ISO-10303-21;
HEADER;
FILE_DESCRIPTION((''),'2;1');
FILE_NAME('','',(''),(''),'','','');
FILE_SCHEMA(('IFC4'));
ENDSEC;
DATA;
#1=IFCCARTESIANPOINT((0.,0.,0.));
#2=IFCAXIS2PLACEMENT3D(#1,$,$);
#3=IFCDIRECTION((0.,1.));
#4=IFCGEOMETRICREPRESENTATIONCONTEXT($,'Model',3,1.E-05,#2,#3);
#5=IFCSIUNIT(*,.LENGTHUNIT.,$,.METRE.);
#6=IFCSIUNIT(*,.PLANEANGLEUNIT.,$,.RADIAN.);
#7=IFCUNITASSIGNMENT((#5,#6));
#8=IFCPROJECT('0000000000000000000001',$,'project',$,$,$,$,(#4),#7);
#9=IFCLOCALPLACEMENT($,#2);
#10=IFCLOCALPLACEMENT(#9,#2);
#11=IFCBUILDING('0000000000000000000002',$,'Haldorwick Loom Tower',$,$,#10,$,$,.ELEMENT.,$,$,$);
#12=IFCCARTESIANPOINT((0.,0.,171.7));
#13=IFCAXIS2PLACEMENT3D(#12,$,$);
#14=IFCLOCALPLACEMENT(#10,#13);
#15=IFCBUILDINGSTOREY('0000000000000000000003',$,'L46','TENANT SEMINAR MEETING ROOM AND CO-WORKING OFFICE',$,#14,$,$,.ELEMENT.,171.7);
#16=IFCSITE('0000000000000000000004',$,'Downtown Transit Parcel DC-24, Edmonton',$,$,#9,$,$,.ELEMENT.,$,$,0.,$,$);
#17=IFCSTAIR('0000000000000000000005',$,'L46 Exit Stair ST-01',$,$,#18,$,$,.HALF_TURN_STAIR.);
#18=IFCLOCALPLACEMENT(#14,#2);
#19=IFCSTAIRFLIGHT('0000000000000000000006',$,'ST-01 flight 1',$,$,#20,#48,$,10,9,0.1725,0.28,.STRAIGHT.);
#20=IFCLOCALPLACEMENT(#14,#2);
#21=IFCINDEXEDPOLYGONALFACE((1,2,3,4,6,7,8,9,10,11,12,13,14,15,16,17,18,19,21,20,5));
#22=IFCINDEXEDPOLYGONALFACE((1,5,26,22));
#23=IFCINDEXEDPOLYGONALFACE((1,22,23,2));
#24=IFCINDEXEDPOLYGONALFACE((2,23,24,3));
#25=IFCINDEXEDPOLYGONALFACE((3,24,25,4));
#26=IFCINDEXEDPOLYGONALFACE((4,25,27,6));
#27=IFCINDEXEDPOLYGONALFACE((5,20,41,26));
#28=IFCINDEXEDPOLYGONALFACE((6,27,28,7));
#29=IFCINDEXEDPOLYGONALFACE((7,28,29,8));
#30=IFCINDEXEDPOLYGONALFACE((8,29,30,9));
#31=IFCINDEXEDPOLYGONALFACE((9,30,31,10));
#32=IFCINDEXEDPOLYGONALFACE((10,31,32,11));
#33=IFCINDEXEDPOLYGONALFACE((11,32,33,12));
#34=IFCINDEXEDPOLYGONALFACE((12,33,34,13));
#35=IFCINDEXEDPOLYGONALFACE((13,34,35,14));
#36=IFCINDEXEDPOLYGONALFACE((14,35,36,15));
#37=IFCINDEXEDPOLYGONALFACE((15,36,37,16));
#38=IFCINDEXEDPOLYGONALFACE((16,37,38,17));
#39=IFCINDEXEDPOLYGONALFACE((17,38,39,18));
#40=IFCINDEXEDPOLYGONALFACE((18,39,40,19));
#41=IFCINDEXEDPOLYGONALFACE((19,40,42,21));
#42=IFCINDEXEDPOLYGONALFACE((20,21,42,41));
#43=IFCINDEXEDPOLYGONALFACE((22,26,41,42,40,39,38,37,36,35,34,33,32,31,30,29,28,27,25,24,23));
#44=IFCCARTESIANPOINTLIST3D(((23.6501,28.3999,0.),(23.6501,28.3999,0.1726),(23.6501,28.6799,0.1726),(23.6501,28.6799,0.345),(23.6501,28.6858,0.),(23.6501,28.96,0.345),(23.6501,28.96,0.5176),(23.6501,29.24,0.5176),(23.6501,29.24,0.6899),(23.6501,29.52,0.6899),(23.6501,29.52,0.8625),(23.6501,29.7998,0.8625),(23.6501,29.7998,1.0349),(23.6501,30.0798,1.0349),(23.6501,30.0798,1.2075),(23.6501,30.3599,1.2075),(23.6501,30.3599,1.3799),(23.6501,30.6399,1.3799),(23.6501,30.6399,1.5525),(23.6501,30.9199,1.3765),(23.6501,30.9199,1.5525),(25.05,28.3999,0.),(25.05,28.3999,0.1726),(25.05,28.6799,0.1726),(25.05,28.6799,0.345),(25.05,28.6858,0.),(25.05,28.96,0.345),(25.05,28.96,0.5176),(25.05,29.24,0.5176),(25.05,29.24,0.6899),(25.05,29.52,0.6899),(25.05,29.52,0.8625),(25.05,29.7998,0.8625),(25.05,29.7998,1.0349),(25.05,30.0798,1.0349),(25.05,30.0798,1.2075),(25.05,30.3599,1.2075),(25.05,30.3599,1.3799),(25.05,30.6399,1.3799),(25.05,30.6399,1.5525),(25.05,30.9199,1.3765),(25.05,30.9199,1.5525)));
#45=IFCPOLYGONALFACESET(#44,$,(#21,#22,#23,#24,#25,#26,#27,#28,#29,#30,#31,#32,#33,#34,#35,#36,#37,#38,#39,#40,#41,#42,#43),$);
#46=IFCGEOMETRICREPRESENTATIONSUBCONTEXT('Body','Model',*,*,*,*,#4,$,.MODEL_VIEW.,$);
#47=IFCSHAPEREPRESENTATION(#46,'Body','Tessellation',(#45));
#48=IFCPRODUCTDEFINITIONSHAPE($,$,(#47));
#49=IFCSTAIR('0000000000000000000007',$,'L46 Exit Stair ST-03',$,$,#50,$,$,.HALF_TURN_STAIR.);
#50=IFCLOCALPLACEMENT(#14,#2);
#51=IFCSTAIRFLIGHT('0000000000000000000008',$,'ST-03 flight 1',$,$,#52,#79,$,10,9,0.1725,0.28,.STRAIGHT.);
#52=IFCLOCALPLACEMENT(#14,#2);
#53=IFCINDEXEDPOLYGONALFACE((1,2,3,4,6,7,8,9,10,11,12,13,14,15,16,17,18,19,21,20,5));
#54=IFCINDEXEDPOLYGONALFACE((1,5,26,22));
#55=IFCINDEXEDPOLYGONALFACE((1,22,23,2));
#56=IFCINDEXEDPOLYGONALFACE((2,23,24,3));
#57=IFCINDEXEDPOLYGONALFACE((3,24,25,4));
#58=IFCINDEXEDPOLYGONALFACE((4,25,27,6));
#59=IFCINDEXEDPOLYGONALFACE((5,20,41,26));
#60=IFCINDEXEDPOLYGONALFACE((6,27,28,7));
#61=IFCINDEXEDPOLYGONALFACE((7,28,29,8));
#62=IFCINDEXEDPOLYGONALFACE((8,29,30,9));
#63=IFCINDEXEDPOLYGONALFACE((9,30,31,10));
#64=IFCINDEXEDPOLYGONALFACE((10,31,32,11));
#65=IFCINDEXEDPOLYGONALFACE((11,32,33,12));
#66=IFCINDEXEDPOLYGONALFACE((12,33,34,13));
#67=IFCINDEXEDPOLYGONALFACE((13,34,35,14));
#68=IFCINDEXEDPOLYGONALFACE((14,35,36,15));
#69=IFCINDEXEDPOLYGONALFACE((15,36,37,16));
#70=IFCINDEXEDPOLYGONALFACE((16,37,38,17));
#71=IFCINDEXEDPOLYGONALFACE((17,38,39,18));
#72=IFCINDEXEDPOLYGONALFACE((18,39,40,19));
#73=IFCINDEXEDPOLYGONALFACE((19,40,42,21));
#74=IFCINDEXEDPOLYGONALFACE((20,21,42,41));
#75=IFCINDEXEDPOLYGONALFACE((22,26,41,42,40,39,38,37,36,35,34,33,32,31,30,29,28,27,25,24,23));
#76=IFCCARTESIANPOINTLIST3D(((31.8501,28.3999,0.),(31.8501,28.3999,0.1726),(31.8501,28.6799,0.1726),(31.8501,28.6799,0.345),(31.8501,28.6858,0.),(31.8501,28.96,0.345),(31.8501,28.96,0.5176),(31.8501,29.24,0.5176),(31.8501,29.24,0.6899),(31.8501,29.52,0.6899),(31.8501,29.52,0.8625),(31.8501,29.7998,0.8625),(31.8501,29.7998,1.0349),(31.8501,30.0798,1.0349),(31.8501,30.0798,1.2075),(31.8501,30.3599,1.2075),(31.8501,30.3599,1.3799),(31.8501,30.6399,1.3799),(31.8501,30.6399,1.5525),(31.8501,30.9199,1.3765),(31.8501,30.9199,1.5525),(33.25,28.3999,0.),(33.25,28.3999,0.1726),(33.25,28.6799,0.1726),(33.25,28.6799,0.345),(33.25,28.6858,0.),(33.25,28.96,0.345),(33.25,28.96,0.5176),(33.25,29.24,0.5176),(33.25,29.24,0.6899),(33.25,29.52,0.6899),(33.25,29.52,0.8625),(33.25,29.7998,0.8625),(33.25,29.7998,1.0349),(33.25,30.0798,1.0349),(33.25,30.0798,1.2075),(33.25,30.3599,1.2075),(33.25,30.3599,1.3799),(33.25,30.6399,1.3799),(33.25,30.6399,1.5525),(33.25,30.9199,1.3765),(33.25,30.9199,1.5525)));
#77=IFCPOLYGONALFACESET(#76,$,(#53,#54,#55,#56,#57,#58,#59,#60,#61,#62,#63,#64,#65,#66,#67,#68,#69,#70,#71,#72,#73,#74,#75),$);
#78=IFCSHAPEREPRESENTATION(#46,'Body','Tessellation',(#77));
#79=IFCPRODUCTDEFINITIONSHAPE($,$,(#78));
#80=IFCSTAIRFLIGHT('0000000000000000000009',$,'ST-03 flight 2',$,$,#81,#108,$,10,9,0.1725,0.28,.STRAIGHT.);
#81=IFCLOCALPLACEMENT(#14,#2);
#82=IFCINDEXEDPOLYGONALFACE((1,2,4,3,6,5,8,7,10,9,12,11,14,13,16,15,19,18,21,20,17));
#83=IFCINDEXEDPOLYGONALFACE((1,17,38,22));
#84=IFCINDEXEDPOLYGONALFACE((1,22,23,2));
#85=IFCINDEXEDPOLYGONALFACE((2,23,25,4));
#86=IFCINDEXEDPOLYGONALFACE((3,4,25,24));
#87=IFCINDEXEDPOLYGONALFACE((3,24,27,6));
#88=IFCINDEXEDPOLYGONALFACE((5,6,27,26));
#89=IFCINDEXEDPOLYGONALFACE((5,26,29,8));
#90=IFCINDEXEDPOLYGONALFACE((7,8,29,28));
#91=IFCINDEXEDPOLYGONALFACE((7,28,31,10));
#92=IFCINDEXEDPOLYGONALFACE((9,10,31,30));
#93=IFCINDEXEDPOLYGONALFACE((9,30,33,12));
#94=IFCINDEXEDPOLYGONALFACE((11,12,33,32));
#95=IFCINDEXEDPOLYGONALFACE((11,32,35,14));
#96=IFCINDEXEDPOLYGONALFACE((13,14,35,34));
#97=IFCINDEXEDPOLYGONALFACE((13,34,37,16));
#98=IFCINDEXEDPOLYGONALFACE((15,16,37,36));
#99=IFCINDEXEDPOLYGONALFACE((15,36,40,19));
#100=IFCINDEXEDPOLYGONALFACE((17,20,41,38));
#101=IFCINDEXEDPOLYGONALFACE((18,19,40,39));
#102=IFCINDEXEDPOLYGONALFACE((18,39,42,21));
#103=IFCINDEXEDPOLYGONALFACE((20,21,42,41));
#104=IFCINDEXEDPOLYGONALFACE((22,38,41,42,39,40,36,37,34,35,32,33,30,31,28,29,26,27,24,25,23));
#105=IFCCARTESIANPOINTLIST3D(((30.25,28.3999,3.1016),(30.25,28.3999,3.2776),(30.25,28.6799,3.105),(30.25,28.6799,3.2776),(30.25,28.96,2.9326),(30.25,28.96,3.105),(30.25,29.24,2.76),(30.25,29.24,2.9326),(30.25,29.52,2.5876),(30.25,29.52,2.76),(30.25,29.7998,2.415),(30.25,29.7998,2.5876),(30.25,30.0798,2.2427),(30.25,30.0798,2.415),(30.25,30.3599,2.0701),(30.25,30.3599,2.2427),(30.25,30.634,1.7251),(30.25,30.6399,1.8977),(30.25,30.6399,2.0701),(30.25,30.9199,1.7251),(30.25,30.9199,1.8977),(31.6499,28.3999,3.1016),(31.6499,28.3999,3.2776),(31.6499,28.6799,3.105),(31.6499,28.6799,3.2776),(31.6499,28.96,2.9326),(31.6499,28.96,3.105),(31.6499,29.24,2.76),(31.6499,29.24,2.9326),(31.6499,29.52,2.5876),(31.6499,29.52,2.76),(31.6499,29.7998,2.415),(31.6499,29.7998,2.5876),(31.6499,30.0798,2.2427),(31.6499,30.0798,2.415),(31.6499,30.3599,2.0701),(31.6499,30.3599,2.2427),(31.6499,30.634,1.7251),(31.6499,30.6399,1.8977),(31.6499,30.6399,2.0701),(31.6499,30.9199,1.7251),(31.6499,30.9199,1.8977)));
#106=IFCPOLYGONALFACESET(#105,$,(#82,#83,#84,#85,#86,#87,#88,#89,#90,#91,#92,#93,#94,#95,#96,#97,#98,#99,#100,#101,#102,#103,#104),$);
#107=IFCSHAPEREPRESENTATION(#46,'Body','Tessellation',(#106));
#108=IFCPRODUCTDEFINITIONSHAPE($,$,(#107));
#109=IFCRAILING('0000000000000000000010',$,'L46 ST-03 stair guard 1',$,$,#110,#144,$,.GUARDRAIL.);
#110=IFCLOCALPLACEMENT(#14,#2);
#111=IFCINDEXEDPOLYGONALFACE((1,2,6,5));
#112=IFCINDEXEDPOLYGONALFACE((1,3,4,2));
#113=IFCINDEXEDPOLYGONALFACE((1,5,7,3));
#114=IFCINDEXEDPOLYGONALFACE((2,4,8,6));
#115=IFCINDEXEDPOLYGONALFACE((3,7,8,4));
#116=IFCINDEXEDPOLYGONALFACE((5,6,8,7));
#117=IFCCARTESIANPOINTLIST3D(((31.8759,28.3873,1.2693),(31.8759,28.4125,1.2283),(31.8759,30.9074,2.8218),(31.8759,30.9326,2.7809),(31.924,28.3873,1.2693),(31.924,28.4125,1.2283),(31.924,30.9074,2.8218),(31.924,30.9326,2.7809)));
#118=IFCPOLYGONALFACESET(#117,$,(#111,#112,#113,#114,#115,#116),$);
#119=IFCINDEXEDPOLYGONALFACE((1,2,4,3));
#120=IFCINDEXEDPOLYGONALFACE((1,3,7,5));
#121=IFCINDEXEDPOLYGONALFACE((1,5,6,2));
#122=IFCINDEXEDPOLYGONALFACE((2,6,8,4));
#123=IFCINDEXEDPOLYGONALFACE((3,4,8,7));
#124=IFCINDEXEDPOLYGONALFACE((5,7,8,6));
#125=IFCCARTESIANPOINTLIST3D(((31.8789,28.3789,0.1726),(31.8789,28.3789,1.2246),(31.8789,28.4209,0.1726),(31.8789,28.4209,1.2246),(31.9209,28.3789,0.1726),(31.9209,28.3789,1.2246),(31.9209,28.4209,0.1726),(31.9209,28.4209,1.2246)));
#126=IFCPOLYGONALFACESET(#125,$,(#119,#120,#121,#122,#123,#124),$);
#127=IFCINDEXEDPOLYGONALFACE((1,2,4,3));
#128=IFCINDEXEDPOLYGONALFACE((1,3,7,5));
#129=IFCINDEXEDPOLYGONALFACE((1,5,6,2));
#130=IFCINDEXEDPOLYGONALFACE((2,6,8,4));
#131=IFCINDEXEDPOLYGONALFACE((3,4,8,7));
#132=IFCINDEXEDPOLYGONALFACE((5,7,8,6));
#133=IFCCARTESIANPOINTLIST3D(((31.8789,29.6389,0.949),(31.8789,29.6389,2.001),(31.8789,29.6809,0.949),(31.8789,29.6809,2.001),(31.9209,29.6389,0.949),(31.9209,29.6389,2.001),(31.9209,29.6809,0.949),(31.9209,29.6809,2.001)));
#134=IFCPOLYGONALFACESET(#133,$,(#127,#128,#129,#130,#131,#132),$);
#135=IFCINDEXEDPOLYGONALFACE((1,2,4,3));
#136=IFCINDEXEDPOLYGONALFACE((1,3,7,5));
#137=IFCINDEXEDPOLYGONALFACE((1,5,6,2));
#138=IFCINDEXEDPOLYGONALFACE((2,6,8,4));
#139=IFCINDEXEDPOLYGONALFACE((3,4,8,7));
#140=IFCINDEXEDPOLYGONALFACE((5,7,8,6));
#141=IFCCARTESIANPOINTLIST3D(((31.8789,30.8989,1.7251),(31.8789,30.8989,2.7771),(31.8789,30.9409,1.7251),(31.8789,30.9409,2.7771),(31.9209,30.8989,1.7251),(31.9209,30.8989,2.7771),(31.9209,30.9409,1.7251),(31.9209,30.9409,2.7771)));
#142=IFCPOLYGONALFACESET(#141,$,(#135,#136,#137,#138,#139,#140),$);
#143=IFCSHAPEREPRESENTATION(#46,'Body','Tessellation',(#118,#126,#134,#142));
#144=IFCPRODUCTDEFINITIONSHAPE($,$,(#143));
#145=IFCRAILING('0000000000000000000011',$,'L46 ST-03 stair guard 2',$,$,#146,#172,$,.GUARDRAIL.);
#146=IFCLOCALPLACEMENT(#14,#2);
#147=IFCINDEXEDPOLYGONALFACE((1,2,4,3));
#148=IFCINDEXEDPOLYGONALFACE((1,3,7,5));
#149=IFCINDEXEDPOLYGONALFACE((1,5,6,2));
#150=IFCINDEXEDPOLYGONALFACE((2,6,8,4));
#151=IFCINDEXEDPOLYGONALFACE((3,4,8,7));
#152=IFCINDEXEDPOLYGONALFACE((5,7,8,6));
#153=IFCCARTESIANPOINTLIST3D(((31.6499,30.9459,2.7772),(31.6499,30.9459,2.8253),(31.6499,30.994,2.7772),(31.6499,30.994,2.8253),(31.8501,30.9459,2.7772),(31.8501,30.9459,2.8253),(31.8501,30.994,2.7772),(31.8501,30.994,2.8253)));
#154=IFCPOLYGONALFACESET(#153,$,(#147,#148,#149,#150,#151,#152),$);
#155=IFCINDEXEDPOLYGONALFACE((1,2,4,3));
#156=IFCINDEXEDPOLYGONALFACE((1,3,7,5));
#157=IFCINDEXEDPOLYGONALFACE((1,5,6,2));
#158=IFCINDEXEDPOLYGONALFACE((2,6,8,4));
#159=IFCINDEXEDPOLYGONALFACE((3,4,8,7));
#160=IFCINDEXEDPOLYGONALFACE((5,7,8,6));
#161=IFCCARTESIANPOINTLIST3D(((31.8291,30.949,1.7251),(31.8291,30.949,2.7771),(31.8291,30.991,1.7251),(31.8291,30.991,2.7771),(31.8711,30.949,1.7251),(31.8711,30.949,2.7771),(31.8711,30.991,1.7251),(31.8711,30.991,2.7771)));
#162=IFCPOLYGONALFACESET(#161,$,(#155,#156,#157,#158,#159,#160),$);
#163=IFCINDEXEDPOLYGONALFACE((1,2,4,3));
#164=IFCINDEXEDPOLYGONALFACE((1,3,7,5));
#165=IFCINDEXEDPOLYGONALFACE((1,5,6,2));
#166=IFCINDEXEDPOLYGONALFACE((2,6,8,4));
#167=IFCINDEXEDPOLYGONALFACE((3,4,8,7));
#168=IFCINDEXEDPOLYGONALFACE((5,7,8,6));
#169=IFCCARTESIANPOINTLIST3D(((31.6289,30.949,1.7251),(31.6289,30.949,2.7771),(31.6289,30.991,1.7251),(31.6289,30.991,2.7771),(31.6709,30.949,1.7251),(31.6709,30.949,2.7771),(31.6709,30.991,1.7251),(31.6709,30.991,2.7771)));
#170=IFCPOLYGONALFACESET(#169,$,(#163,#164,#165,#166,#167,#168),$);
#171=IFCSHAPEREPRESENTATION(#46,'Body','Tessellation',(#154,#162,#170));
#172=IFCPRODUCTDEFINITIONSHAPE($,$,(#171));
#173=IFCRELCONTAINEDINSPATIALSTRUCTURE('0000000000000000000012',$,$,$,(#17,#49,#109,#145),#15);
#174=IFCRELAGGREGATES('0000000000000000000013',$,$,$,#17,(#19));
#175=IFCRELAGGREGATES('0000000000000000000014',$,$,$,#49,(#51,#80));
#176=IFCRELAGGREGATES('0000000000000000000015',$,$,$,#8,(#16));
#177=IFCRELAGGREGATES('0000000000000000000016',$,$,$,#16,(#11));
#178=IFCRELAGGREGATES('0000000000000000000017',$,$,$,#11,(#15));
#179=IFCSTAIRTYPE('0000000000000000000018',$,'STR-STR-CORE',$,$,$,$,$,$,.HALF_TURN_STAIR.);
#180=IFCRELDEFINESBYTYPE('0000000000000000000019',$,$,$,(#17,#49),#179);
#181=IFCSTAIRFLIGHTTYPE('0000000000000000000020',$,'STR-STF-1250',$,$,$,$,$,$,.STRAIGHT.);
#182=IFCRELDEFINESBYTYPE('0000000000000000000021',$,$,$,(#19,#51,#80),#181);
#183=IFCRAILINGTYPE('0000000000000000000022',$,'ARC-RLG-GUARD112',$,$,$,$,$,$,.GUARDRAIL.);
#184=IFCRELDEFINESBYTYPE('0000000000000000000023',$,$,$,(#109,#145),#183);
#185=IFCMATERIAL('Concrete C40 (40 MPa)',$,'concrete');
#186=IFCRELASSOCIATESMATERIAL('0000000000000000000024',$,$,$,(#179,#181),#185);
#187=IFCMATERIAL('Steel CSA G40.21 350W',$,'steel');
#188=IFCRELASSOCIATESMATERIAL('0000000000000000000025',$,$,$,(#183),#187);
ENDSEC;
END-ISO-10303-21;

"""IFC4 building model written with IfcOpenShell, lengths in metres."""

from ifc_helpers import new_model, si_unit, direction, frame, origin, origin_2d, place, context, subcontext, project, spatial, polyline, rectangle, outline, extrude, material, type_object, element, aggregate, save


model = new_model("IFC4")

# Units and contexts
model_context = context("Model", 3, precision=1e-05, world=origin(), true_north=direction((0.0, 1.0)))
body_context = subcontext(model_context, "Body", "Model", "MODEL_VIEW")
ifc_project = project(units=[si_unit("LENGTHUNIT", "METRE"), si_unit("PLANEANGLEUNIT", "RADIAN")], contexts=[model_context])

# Site, building, storey
site_placement = place(None, origin())
site = spatial("IfcSite", under=ifc_project, at=site_placement, Name="Downtown Transit Parcel DC-24, Edmonton", CompositionType="ELEMENT", RefElevation=0.0)
building_placement = place(site_placement, origin())
building = spatial("IfcBuilding", under=site, at=building_placement, Name="Haldorwick Loom Tower", CompositionType="ELEMENT")
storey_placement = place(building_placement, frame((0.0, 0.0, 171.7)))
storey = spatial("IfcBuildingStorey", under=building, at=storey_placement, Name="L46", Description="TENANT SEMINAR MEETING ROOM AND CO-WORKING OFFICE", CompositionType="ELEMENT", Elevation=171.7)

# Shared definitions
ifc_material_1 = material(Name="Steel CSA G40.21 350W", Category="steel")

# Stair, stair flight
ifc_material_2 = material(Name="Concrete C40 (40 MPa)", Category="concrete")
stair_type = type_object("IfcStairType", Name="STR-STR-CORE", PredefinedType="HALF_TURN_STAIR", material=ifc_material_2)
stair_1_placement = place(storey_placement, origin())
stair_1 = element("IfcStair", 1, at=stair_1_placement, inside=storey, type_object=stair_type, Name="L46 Exit Stair ST-01", PredefinedType="HALF_TURN_STAIR")
stair_flight_type = type_object("IfcStairFlightType", Name="STR-STF-1250", PredefinedType="STRAIGHT", material=ifc_material_2)
stair_flight_1_placement = place(storey_placement, frame((24.3501, 28.3999, 0.0), z_axis=(0.0, 0.0, 1.0), x_axis=(0.0, 1.0, 0.0)))
stair_flight_1 = element("IfcStairFlight", 2, at=stair_flight_1_placement, type_object=stair_flight_type, Name="ST-01 flight 1", NumberOfRisers=10, NumberOfTreads=9, PredefinedType="STRAIGHT", RiserHeight=0.1725, TreadLength=0.28, context=body_context, shape_type="SweptSolid", body=[
    extrude(outline(polyline([(0.0, 0.0), (0.0, 0.1726), (0.28, 0.1726), (0.28, 0.345), (0.5601, 0.345), (0.5601, 0.5176), (0.8401, 0.5176), (0.8401, 0.6899), (1.1201, 0.6899), (1.1201, 0.8625), (1.3999, 0.8625), (1.3999, 1.0349), (1.6799, 1.0349), (1.6799, 1.2075), (1.96, 1.2075), (1.96, 1.3799), (2.24, 1.3799), (2.24, 1.5525), (2.52, 1.5525), (2.52, 1.7251), (2.52, 1.3765), (0.2859, 0.0), (0.0, 0.0)])), frame((0.0, 0.7, 0.0), z_axis=(0.0, -1.0, 0.0), x_axis=(1.0, 0.0, 0.0)), (0.0, 0.0, 1.0), 1.3999),
])
aggregate(stair_1, [stair_flight_1])

# Stair, stair flights
stair_2_placement = place(storey_placement, origin())
stair_2 = element("IfcStair", 3, at=stair_2_placement, inside=storey, type_object=stair_type, Name="L46 Exit Stair ST-03", PredefinedType="HALF_TURN_STAIR")
stair_flight_2_placement = place(storey_placement, frame((32.55, 28.3999, 0.0), z_axis=(0.0, 0.0, 1.0), x_axis=(0.0, 1.0, 0.0)))
stair_flight_2 = element("IfcStairFlight", 4, at=stair_flight_2_placement, type_object=stair_flight_type, Name="ST-03 flight 1", NumberOfRisers=10, NumberOfTreads=9, PredefinedType="STRAIGHT", RiserHeight=0.1725, TreadLength=0.28, context=body_context, shape_type="SweptSolid", body=[
    extrude(outline(polyline([(0.0, 0.0), (0.0, 0.1726), (0.28, 0.1726), (0.28, 0.345), (0.5601, 0.345), (0.5601, 0.5176), (0.8401, 0.5176), (0.8401, 0.6899), (1.1201, 0.6899), (1.1201, 0.8625), (1.3999, 0.8625), (1.3999, 1.0349), (1.6799, 1.0349), (1.6799, 1.2075), (1.96, 1.2075), (1.96, 1.3799), (2.24, 1.3799), (2.24, 1.5525), (2.52, 1.5525), (2.52, 1.7251), (2.52, 1.3765), (0.2859, 0.0), (0.0, 0.0)])), frame((0.0, 0.7, 0.0), z_axis=(0.0, -1.0, 0.0), x_axis=(1.0, 0.0, 0.0)), (0.0, 0.0, 1.0), 1.3999),
])
stair_flight_3_placement = place(storey_placement, frame((30.95, 30.9199, 1.7251), z_axis=(0.0, 0.0, 1.0), x_axis=(0.0, -1.0, 0.0)))
stair_flight_3 = element("IfcStairFlight", 5, at=stair_flight_3_placement, type_object=stair_flight_type, Name="ST-03 flight 2", NumberOfRisers=10, NumberOfTreads=9, PredefinedType="STRAIGHT", RiserHeight=0.1725, TreadLength=0.28, context=body_context, shape_type="SweptSolid", body=[
    extrude(outline(polyline([(0.0, 0.0), (0.0, 0.1726), (0.28, 0.1726), (0.28, 0.345), (0.5601, 0.345), (0.5601, 0.5176), (0.8401, 0.5176), (0.8401, 0.6899), (1.1201, 0.6899), (1.1201, 0.8625), (1.3999, 0.8625), (1.3999, 1.0349), (1.6799, 1.0349), (1.6799, 1.2075), (1.96, 1.2075), (1.96, 1.3799), (2.24, 1.3799), (2.24, 1.5525), (2.52, 1.5525), (2.52, 1.7251), (2.52, 1.3765), (0.2859, 0.0), (0.0, 0.0)])), frame((0.0, 0.7, 0.0), z_axis=(0.0, -1.0, 0.0), x_axis=(1.0, 0.0, 0.0)), (0.0, 0.0, 1.0), 1.3999),
])
aggregate(stair_2, [stair_flight_2, stair_flight_3])

# Railings
railing_type_1 = type_object("IfcRailingType", Name="ARC-RLG-GUARD112", PredefinedType="GUARDRAIL", material=ifc_material_1)
railing_1_placement = place(storey_placement, frame((31.8999, 28.3999, 0.1726)))
element("IfcRailing", 6, at=railing_1_placement, inside=storey, type_object=railing_type_1, Name="L46 ST-03 stair guard 1", PredefinedType="GUARDRAIL", context=body_context, shape_type="SweptSolid", body=[
    extrude(rectangle(XDim=0.0481, YDim=0.0481, at=origin_2d()), frame((0.0, 0.0, 1.0762), z_axis=(0.0, 0.8514, 0.524516), x_axis=(-1.0, 0.0, 0.0)), (0.0, 0.0, 1.0), 2.96),
    extrude(rectangle(XDim=0.042, YDim=0.042, at=origin_2d()), origin(), (0.0, 0.0, 1.0), 1.052),
    extrude(rectangle(XDim=0.042, YDim=0.042, at=origin_2d()), frame((0.0, 1.26, 0.7764)), (0.0, 0.0, 1.0), 1.052),
    extrude(rectangle(XDim=0.042, YDim=0.042, at=origin_2d()), frame((0.0, 2.52, 1.5525)), (0.0, 0.0, 1.0), 1.052),
])
railing_2_placement = place(storey_placement, frame((31.8501, 30.97, 1.7251)))
element("IfcRailing", 7, at=railing_2_placement, inside=storey, type_object=railing_type_1, Name="L46 ST-03 stair guard 2", PredefinedType="GUARDRAIL", context=body_context, shape_type="SweptSolid", body=[
    extrude(rectangle(XDim=0.0481, YDim=0.0481, at=origin_2d()), frame((0.0, 0.0, 1.0762), z_axis=(-1.0, 0.0, 0.0), x_axis=(0.0, -1.0, 0.0)), (0.0, 0.0, 1.0), 0.2002),
    extrude(rectangle(XDim=0.042, YDim=0.042, at=origin_2d()), origin(), (0.0, 0.0, 1.0), 1.052),
    extrude(rectangle(XDim=0.042, YDim=0.042, at=origin_2d()), frame((-0.2002, 0.0, 0.0)), (0.0, 0.0, 1.0), 1.052),
])

save(model, "model.ifc")
